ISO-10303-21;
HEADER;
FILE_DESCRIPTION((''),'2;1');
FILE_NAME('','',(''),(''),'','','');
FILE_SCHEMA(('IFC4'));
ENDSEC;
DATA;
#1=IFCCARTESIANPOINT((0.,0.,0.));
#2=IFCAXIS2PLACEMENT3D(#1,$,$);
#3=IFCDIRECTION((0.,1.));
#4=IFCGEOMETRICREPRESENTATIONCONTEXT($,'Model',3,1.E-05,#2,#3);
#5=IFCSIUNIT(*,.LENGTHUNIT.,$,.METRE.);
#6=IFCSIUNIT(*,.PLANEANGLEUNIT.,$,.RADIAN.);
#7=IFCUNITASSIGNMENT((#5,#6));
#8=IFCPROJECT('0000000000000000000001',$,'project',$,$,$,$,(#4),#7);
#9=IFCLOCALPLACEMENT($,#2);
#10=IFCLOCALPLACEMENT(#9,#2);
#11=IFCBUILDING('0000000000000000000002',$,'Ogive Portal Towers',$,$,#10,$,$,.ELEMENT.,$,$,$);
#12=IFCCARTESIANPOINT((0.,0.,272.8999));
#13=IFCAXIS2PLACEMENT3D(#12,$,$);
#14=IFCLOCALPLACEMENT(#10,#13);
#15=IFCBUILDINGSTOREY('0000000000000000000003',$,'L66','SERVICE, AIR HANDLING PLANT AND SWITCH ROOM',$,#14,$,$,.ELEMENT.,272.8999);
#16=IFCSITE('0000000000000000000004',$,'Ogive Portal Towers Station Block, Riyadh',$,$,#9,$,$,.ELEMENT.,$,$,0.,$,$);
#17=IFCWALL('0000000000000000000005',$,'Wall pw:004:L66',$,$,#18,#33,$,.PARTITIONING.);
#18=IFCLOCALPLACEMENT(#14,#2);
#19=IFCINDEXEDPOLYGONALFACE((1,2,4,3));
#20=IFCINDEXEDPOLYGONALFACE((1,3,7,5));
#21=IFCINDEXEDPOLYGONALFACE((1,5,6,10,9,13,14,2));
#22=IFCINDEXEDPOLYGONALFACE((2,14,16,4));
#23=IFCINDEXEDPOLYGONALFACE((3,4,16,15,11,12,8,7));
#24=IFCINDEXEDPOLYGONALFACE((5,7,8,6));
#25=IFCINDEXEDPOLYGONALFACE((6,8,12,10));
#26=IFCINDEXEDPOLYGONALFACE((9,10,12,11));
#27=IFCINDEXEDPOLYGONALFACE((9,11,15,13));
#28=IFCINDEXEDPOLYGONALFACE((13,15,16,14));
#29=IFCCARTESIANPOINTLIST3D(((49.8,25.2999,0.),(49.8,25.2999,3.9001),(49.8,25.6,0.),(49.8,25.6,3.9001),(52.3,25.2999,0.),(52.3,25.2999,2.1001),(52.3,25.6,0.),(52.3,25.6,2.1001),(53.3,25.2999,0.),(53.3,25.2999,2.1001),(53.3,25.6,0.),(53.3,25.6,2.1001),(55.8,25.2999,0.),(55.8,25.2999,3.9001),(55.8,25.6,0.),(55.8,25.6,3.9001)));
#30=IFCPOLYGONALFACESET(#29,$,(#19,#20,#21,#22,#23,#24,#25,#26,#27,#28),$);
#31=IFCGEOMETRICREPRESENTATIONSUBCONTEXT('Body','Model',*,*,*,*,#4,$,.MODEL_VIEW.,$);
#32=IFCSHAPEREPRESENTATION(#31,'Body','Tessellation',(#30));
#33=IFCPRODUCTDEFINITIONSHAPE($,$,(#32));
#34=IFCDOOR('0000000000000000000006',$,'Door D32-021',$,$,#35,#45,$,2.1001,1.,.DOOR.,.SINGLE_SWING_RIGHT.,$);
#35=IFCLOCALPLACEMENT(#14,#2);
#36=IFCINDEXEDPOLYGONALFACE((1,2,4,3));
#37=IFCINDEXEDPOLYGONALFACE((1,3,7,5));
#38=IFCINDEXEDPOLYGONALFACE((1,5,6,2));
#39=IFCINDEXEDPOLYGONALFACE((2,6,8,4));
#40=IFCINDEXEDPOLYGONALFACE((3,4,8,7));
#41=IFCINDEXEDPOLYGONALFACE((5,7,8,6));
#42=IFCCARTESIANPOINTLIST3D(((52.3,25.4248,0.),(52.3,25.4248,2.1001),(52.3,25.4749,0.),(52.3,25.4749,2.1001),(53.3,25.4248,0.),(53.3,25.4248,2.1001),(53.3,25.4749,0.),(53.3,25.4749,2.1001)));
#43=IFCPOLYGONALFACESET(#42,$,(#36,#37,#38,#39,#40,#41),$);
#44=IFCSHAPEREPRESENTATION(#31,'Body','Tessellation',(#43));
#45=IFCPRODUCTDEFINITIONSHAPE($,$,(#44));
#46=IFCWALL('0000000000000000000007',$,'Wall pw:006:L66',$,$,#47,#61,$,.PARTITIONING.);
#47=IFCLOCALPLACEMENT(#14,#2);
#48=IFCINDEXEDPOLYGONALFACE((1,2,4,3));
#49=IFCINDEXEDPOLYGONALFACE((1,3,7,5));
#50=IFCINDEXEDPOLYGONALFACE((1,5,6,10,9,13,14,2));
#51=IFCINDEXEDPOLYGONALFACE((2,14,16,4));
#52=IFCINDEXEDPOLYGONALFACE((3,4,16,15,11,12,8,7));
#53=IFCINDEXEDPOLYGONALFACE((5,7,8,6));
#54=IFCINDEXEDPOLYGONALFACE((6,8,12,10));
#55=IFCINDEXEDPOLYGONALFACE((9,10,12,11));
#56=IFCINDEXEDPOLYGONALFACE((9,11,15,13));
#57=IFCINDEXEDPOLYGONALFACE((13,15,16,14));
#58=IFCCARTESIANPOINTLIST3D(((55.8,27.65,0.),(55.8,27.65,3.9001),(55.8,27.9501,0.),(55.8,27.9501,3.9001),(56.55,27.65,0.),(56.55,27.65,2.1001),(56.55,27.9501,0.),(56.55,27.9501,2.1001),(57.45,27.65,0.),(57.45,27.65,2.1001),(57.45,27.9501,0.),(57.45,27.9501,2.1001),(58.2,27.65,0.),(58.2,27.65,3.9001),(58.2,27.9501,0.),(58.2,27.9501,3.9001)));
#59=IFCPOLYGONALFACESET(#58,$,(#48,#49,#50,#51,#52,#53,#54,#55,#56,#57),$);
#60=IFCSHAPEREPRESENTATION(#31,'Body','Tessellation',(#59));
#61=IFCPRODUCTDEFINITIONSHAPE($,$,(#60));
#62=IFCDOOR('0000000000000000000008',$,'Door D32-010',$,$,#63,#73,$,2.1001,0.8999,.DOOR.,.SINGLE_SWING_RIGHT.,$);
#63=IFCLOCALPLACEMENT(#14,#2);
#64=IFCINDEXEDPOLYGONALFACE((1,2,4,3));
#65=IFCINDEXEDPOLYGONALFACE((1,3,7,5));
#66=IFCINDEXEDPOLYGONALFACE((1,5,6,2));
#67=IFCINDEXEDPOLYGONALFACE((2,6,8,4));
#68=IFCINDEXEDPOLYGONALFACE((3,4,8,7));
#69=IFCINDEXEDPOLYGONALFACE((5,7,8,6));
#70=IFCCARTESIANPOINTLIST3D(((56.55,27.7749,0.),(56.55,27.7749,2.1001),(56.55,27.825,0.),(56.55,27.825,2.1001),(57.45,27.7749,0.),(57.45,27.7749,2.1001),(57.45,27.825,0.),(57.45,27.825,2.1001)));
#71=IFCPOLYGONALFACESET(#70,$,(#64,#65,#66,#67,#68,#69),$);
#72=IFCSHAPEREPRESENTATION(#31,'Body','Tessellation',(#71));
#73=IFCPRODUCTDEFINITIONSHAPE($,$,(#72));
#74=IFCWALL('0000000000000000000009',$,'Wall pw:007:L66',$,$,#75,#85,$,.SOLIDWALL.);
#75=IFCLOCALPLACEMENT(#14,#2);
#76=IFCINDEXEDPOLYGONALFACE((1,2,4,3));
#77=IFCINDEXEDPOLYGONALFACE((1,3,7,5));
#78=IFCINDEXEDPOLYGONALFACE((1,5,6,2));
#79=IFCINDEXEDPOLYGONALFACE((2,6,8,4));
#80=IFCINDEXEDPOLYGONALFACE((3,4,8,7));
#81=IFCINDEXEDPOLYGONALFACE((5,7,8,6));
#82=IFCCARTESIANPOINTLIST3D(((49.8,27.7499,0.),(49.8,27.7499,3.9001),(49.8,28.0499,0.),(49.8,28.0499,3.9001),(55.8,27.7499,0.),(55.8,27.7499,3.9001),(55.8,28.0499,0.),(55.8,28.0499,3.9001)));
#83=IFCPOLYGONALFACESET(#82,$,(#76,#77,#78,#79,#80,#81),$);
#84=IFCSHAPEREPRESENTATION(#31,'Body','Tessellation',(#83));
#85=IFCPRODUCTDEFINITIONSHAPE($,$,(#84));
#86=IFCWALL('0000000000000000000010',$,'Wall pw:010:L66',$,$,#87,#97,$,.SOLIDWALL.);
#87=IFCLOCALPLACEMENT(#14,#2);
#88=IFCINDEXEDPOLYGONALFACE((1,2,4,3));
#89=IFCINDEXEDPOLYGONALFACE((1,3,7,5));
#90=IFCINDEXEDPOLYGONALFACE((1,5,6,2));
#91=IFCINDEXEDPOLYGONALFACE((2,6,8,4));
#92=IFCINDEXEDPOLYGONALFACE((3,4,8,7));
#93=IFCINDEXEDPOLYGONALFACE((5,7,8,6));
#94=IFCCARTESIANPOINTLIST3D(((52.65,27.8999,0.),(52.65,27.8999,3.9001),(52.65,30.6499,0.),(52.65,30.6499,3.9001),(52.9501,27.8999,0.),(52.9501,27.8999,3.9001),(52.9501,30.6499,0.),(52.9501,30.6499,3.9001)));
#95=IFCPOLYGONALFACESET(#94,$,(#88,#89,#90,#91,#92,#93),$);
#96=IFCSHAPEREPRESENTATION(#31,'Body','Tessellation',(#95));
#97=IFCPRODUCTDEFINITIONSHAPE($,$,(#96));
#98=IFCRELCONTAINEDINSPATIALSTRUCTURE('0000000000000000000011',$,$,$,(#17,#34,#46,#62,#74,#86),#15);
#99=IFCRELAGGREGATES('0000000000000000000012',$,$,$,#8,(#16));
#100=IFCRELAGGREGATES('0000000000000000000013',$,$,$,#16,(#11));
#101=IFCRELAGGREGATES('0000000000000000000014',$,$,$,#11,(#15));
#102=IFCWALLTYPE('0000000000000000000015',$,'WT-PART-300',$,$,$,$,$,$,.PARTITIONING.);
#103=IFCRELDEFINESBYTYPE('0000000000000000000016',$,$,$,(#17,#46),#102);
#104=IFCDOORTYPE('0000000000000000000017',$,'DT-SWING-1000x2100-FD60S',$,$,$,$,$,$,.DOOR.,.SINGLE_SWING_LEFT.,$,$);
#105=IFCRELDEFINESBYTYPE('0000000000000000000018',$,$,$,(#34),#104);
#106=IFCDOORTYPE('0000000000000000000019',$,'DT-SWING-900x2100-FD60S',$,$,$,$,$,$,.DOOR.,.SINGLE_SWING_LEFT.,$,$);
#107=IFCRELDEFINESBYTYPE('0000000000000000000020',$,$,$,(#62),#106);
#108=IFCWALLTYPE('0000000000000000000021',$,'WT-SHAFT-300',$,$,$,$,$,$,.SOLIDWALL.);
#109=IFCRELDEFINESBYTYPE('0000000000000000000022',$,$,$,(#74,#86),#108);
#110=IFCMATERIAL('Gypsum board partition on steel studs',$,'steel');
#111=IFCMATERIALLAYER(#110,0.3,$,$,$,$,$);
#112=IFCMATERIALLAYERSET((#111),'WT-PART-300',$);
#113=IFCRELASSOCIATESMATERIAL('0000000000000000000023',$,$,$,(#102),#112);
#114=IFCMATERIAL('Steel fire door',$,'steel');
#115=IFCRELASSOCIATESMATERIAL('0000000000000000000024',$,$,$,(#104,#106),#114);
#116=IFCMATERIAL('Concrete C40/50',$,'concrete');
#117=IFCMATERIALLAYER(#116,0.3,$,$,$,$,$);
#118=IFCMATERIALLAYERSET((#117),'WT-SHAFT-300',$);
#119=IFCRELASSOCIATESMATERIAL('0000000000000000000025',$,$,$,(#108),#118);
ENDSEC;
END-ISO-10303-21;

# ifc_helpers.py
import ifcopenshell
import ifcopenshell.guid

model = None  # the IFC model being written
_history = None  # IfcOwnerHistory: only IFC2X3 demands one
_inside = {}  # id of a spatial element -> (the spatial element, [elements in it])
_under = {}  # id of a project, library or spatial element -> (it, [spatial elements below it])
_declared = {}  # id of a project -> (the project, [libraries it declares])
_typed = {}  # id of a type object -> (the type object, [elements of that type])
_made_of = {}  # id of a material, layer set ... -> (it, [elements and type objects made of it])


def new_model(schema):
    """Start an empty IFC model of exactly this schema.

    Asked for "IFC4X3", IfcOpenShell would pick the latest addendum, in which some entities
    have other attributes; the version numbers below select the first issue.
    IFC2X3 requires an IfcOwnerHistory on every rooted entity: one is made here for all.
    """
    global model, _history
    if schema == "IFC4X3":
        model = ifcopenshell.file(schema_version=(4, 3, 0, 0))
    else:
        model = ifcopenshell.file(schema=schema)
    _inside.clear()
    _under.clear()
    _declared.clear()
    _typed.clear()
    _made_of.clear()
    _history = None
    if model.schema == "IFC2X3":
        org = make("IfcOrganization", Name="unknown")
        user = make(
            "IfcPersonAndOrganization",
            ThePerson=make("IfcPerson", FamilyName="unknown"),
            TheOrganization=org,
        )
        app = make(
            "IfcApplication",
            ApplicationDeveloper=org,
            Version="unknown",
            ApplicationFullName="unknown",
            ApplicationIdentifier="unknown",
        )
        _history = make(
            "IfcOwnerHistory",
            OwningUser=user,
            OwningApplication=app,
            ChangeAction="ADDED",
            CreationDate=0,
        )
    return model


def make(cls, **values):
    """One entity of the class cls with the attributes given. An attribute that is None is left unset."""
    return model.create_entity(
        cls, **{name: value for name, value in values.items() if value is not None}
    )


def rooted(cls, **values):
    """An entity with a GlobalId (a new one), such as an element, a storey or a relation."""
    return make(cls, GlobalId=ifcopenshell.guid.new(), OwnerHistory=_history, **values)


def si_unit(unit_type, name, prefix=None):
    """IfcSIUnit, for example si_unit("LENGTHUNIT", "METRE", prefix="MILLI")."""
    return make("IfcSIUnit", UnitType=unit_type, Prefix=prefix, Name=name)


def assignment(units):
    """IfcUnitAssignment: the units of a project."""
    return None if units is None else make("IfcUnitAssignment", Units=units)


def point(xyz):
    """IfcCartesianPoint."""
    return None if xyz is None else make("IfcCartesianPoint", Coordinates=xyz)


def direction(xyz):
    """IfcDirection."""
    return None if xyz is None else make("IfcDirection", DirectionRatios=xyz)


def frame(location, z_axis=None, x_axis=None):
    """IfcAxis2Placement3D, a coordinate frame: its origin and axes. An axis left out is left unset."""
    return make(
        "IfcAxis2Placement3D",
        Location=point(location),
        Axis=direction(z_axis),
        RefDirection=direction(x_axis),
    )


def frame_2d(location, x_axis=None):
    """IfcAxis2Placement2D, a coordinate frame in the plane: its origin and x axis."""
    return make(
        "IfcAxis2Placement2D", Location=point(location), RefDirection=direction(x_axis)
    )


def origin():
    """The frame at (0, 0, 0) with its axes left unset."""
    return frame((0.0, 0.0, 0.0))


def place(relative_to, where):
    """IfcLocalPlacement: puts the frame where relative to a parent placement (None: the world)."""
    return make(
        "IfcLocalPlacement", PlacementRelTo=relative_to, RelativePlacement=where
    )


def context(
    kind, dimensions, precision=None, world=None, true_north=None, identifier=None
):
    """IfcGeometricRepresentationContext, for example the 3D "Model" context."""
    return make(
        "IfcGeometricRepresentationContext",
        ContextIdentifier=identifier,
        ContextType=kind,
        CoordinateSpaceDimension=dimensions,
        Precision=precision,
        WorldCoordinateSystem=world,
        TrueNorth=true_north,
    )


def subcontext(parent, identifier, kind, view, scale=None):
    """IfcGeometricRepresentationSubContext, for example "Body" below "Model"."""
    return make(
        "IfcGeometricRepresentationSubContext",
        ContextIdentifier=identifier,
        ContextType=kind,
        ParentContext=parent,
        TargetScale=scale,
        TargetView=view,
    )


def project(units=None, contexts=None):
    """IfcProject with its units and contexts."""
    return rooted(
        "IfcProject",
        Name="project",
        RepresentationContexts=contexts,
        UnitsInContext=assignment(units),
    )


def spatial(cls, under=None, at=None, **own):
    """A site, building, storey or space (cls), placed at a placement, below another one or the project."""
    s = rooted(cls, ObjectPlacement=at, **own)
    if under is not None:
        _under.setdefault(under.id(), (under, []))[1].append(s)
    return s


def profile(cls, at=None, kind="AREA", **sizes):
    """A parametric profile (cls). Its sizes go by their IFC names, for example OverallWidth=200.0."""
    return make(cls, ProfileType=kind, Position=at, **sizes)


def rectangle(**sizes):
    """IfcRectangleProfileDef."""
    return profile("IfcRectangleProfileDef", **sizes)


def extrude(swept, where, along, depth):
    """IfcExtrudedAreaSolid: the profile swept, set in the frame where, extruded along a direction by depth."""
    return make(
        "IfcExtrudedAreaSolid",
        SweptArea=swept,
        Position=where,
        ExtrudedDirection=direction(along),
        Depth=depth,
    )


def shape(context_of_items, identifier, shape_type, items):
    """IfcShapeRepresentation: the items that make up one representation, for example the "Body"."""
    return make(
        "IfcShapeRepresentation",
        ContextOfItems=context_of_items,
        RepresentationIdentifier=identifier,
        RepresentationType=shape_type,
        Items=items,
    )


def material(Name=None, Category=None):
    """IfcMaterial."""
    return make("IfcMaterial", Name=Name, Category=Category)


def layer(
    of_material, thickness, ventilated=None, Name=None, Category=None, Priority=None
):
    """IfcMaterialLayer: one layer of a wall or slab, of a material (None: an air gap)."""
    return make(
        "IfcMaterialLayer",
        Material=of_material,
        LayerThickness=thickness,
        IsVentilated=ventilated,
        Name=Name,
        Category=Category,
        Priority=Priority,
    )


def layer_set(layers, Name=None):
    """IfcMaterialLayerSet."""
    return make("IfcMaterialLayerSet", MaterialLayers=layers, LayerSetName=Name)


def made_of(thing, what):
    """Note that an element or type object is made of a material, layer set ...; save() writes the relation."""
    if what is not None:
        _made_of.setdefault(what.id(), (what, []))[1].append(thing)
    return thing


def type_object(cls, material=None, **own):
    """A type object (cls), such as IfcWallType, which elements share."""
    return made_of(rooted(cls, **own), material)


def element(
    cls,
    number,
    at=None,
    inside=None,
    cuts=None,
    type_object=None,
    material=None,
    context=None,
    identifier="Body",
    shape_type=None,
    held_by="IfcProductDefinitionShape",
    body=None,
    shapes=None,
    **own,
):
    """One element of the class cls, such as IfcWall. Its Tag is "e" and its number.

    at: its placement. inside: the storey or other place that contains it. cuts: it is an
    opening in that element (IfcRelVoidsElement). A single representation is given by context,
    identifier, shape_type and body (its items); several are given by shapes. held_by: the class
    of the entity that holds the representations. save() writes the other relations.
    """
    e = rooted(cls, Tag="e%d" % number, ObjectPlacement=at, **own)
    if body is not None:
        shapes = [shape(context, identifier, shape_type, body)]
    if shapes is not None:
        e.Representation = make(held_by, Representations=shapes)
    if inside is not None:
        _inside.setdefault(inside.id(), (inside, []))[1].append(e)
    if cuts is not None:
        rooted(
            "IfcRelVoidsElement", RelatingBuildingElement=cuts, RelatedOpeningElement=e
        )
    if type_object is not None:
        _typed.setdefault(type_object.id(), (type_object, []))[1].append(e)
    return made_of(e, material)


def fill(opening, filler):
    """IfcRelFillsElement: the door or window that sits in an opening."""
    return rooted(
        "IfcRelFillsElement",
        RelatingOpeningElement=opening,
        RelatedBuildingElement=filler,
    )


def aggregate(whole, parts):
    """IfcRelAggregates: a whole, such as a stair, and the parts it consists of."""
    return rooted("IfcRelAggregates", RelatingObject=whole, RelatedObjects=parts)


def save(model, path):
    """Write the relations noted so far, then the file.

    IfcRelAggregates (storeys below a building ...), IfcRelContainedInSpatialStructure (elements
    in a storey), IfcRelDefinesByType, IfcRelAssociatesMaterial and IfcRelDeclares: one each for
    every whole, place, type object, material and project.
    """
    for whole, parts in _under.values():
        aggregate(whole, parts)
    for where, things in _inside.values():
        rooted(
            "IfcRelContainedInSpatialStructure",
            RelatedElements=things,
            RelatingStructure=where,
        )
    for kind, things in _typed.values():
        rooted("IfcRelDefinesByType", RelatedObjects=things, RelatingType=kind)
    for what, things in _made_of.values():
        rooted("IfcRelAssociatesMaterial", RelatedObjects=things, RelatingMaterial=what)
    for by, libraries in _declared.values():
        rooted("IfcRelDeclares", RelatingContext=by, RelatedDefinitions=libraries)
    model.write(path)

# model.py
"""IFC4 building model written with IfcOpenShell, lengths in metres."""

from ifc_helpers import new_model, si_unit, direction, frame, frame_2d, origin, place, context, subcontext, project, spatial, rectangle, extrude, material, layer, layer_set, type_object, element, fill, save


model = new_model("IFC4")

# Units and contexts
model_context = context("Model", 3, precision=1e-05, world=origin(), true_north=direction((0.0, 1.0)))
body_context = subcontext(model_context, "Body", "Model", "MODEL_VIEW")
ifc_project = project(units=[si_unit("LENGTHUNIT", "METRE"), si_unit("PLANEANGLEUNIT", "RADIAN")], contexts=[model_context])

# Site, building, storey
site_placement = place(None, origin())
site = spatial("IfcSite", under=ifc_project, at=site_placement, Name="Ogive Portal Towers Station Block, Riyadh", CompositionType="ELEMENT", RefElevation=0.0)
building_placement = place(site_placement, origin())
building = spatial("IfcBuilding", under=site, at=building_placement, Name="Ogive Portal Towers", CompositionType="ELEMENT")
storey_placement = place(building_placement, frame((0.0, 0.0, 272.8999)))
storey = spatial("IfcBuildingStorey", under=building, at=storey_placement, Name="L66", Description="SERVICE, AIR HANDLING PLANT AND SWITCH ROOM", CompositionType="ELEMENT", Elevation=272.8999)

# Shared definitions
ifc_material_1 = material(Name="Steel fire door", Category="steel")

# Walls, openings, doors
ifc_material_2 = material(Name="Gypsum board partition on steel studs", Category="steel")
ifc_layer_1 = layer(ifc_material_2, 0.3)
ifc_layer_set_1 = layer_set([ifc_layer_1], Name="WT-PART-300")
wall_type_1 = type_object("IfcWallType", Name="WT-PART-300", PredefinedType="PARTITIONING", material=ifc_layer_set_1)
door_type_1 = type_object("IfcDoorType", Name="DT-SWING-1000x2100-FD60S", OperationType="SINGLE_SWING_LEFT", PredefinedType="DOOR", material=ifc_material_1)
door_type_2 = type_object("IfcDoorType", Name="DT-SWING-900x2100-FD60S", OperationType="SINGLE_SWING_LEFT", PredefinedType="DOOR", material=ifc_material_1)
wall_1_placement = place(storey_placement, frame((49.8, 25.45, 0.0), z_axis=(0.0, 0.0, 1.0), x_axis=(1.0, 0.0, 0.0)))
wall_1 = element("IfcWall", 1, at=wall_1_placement, inside=storey, type_object=wall_type_1, Name="Wall pw:004:L66", PredefinedType="PARTITIONING", context=body_context, shape_type="SweptSolid", body=[
    extrude(rectangle(XDim=6.0, YDim=0.3, at=frame_2d((3.0, 0.0))), origin(), (0.0, 0.0, 1.0), 3.9001),
])
opening_1_placement = place(wall_1_placement, frame((2.5, 0.0, 0.0)))
opening_1 = element("IfcOpeningElement", 2, at=opening_1_placement, cuts=wall_1, PredefinedType="OPENING", context=body_context, shape_type="SweptSolid", body=[
    extrude(rectangle(XDim=1.0, YDim=2.1001, at=frame_2d((0.5, 1.05))), frame((0.0, 0.1602, 0.0), z_axis=(0.0, -1.0, 0.0), x_axis=(1.0, 0.0, 0.0)), (0.0, 0.0, 1.0), 0.3201),
])
door_1_placement = place(opening_1_placement, origin())
door_1 = element("IfcDoor", 3, at=door_1_placement, inside=storey, type_object=door_type_1, Name="Door D32-021", OperationType="SINGLE_SWING_RIGHT", OverallHeight=2.1001, OverallWidth=1.0, PredefinedType="DOOR", context=body_context, shape_type="SweptSolid", body=[
    extrude(rectangle(XDim=1.0, YDim=2.1001, at=frame_2d((0.5, 1.05))), frame((0.0, 0.0249, 0.0), z_axis=(0.0, -1.0, 0.0), x_axis=(1.0, 0.0, 0.0)), (0.0, 0.0, 1.0), 0.05),
])
fill(opening_1, door_1)
wall_2_placement = place(storey_placement, frame((55.8, 27.8, 0.0), z_axis=(0.0, 0.0, 1.0), x_axis=(1.0, 0.0, 0.0)))
wall_2 = element("IfcWall", 4, at=wall_2_placement, inside=storey, type_object=wall_type_1, Name="Wall pw:006:L66", PredefinedType="PARTITIONING", context=body_context, shape_type="SweptSolid", body=[
    extrude(rectangle(XDim=2.3999, YDim=0.3, at=frame_2d((1.2, 0.0))), origin(), (0.0, 0.0, 1.0), 3.9001),
])
opening_2_placement = place(wall_2_placement, frame((0.75, 0.0, 0.0)))
opening_2 = element("IfcOpeningElement", 5, at=opening_2_placement, cuts=wall_2, PredefinedType="OPENING", context=body_context, shape_type="SweptSolid", body=[
    extrude(rectangle(XDim=0.8999, YDim=2.1001, at=frame_2d((0.45, 1.05))), frame((0.0, 0.1602, 0.0), z_axis=(0.0, -1.0, 0.0), x_axis=(1.0, 0.0, 0.0)), (0.0, 0.0, 1.0), 0.3201),
])
door_2_placement = place(opening_2_placement, origin())
door_2 = element("IfcDoor", 6, at=door_2_placement, inside=storey, type_object=door_type_2, Name="Door D32-010", OperationType="SINGLE_SWING_RIGHT", OverallHeight=2.1001, OverallWidth=0.8999, PredefinedType="DOOR", context=body_context, shape_type="SweptSolid", body=[
    extrude(rectangle(XDim=0.8999, YDim=2.1001, at=frame_2d((0.45, 1.05))), frame((0.0, 0.0249, 0.0), z_axis=(0.0, -1.0, 0.0), x_axis=(1.0, 0.0, 0.0)), (0.0, 0.0, 1.0), 0.05),
])
fill(opening_2, door_2)

# Walls
ifc_material_3 = material(Name="Concrete C40/50", Category="concrete")
ifc_layer_2 = layer(ifc_material_3, 0.3)
ifc_layer_set_2 = layer_set([ifc_layer_2], Name="WT-SHAFT-300")
wall_type_2 = type_object("IfcWallType", Name="WT-SHAFT-300", PredefinedType="SOLIDWALL", material=ifc_layer_set_2)
wall_3_placement = place(storey_placement, frame((49.8, 27.8999, 0.0), z_axis=(0.0, 0.0, 1.0), x_axis=(1.0, 0.0, 0.0)))
element("IfcWall", 7, at=wall_3_placement, inside=storey, type_object=wall_type_2, Name="Wall pw:007:L66", PredefinedType="SOLIDWALL", context=body_context, shape_type="SweptSolid", body=[
    extrude(rectangle(XDim=6.0, YDim=0.3, at=frame_2d((3.0, 0.0))), origin(), (0.0, 0.0, 1.0), 3.9001),
])
wall_4_placement = place(storey_placement, frame((52.8, 27.8999, 0.0), z_axis=(0.0, 0.0, 1.0), x_axis=(0.0, 1.0, 0.0)))
element("IfcWall", 8, at=wall_4_placement, inside=storey, type_object=wall_type_2, Name="Wall pw:010:L66", PredefinedType="SOLIDWALL", context=body_context, shape_type="SweptSolid", body=[
    extrude(rectangle(XDim=2.75, YDim=0.3, at=frame_2d((1.375, 0.0))), origin(), (0.0, 0.0, 1.0), 3.9001),
])

save(model, "model.ifc")
